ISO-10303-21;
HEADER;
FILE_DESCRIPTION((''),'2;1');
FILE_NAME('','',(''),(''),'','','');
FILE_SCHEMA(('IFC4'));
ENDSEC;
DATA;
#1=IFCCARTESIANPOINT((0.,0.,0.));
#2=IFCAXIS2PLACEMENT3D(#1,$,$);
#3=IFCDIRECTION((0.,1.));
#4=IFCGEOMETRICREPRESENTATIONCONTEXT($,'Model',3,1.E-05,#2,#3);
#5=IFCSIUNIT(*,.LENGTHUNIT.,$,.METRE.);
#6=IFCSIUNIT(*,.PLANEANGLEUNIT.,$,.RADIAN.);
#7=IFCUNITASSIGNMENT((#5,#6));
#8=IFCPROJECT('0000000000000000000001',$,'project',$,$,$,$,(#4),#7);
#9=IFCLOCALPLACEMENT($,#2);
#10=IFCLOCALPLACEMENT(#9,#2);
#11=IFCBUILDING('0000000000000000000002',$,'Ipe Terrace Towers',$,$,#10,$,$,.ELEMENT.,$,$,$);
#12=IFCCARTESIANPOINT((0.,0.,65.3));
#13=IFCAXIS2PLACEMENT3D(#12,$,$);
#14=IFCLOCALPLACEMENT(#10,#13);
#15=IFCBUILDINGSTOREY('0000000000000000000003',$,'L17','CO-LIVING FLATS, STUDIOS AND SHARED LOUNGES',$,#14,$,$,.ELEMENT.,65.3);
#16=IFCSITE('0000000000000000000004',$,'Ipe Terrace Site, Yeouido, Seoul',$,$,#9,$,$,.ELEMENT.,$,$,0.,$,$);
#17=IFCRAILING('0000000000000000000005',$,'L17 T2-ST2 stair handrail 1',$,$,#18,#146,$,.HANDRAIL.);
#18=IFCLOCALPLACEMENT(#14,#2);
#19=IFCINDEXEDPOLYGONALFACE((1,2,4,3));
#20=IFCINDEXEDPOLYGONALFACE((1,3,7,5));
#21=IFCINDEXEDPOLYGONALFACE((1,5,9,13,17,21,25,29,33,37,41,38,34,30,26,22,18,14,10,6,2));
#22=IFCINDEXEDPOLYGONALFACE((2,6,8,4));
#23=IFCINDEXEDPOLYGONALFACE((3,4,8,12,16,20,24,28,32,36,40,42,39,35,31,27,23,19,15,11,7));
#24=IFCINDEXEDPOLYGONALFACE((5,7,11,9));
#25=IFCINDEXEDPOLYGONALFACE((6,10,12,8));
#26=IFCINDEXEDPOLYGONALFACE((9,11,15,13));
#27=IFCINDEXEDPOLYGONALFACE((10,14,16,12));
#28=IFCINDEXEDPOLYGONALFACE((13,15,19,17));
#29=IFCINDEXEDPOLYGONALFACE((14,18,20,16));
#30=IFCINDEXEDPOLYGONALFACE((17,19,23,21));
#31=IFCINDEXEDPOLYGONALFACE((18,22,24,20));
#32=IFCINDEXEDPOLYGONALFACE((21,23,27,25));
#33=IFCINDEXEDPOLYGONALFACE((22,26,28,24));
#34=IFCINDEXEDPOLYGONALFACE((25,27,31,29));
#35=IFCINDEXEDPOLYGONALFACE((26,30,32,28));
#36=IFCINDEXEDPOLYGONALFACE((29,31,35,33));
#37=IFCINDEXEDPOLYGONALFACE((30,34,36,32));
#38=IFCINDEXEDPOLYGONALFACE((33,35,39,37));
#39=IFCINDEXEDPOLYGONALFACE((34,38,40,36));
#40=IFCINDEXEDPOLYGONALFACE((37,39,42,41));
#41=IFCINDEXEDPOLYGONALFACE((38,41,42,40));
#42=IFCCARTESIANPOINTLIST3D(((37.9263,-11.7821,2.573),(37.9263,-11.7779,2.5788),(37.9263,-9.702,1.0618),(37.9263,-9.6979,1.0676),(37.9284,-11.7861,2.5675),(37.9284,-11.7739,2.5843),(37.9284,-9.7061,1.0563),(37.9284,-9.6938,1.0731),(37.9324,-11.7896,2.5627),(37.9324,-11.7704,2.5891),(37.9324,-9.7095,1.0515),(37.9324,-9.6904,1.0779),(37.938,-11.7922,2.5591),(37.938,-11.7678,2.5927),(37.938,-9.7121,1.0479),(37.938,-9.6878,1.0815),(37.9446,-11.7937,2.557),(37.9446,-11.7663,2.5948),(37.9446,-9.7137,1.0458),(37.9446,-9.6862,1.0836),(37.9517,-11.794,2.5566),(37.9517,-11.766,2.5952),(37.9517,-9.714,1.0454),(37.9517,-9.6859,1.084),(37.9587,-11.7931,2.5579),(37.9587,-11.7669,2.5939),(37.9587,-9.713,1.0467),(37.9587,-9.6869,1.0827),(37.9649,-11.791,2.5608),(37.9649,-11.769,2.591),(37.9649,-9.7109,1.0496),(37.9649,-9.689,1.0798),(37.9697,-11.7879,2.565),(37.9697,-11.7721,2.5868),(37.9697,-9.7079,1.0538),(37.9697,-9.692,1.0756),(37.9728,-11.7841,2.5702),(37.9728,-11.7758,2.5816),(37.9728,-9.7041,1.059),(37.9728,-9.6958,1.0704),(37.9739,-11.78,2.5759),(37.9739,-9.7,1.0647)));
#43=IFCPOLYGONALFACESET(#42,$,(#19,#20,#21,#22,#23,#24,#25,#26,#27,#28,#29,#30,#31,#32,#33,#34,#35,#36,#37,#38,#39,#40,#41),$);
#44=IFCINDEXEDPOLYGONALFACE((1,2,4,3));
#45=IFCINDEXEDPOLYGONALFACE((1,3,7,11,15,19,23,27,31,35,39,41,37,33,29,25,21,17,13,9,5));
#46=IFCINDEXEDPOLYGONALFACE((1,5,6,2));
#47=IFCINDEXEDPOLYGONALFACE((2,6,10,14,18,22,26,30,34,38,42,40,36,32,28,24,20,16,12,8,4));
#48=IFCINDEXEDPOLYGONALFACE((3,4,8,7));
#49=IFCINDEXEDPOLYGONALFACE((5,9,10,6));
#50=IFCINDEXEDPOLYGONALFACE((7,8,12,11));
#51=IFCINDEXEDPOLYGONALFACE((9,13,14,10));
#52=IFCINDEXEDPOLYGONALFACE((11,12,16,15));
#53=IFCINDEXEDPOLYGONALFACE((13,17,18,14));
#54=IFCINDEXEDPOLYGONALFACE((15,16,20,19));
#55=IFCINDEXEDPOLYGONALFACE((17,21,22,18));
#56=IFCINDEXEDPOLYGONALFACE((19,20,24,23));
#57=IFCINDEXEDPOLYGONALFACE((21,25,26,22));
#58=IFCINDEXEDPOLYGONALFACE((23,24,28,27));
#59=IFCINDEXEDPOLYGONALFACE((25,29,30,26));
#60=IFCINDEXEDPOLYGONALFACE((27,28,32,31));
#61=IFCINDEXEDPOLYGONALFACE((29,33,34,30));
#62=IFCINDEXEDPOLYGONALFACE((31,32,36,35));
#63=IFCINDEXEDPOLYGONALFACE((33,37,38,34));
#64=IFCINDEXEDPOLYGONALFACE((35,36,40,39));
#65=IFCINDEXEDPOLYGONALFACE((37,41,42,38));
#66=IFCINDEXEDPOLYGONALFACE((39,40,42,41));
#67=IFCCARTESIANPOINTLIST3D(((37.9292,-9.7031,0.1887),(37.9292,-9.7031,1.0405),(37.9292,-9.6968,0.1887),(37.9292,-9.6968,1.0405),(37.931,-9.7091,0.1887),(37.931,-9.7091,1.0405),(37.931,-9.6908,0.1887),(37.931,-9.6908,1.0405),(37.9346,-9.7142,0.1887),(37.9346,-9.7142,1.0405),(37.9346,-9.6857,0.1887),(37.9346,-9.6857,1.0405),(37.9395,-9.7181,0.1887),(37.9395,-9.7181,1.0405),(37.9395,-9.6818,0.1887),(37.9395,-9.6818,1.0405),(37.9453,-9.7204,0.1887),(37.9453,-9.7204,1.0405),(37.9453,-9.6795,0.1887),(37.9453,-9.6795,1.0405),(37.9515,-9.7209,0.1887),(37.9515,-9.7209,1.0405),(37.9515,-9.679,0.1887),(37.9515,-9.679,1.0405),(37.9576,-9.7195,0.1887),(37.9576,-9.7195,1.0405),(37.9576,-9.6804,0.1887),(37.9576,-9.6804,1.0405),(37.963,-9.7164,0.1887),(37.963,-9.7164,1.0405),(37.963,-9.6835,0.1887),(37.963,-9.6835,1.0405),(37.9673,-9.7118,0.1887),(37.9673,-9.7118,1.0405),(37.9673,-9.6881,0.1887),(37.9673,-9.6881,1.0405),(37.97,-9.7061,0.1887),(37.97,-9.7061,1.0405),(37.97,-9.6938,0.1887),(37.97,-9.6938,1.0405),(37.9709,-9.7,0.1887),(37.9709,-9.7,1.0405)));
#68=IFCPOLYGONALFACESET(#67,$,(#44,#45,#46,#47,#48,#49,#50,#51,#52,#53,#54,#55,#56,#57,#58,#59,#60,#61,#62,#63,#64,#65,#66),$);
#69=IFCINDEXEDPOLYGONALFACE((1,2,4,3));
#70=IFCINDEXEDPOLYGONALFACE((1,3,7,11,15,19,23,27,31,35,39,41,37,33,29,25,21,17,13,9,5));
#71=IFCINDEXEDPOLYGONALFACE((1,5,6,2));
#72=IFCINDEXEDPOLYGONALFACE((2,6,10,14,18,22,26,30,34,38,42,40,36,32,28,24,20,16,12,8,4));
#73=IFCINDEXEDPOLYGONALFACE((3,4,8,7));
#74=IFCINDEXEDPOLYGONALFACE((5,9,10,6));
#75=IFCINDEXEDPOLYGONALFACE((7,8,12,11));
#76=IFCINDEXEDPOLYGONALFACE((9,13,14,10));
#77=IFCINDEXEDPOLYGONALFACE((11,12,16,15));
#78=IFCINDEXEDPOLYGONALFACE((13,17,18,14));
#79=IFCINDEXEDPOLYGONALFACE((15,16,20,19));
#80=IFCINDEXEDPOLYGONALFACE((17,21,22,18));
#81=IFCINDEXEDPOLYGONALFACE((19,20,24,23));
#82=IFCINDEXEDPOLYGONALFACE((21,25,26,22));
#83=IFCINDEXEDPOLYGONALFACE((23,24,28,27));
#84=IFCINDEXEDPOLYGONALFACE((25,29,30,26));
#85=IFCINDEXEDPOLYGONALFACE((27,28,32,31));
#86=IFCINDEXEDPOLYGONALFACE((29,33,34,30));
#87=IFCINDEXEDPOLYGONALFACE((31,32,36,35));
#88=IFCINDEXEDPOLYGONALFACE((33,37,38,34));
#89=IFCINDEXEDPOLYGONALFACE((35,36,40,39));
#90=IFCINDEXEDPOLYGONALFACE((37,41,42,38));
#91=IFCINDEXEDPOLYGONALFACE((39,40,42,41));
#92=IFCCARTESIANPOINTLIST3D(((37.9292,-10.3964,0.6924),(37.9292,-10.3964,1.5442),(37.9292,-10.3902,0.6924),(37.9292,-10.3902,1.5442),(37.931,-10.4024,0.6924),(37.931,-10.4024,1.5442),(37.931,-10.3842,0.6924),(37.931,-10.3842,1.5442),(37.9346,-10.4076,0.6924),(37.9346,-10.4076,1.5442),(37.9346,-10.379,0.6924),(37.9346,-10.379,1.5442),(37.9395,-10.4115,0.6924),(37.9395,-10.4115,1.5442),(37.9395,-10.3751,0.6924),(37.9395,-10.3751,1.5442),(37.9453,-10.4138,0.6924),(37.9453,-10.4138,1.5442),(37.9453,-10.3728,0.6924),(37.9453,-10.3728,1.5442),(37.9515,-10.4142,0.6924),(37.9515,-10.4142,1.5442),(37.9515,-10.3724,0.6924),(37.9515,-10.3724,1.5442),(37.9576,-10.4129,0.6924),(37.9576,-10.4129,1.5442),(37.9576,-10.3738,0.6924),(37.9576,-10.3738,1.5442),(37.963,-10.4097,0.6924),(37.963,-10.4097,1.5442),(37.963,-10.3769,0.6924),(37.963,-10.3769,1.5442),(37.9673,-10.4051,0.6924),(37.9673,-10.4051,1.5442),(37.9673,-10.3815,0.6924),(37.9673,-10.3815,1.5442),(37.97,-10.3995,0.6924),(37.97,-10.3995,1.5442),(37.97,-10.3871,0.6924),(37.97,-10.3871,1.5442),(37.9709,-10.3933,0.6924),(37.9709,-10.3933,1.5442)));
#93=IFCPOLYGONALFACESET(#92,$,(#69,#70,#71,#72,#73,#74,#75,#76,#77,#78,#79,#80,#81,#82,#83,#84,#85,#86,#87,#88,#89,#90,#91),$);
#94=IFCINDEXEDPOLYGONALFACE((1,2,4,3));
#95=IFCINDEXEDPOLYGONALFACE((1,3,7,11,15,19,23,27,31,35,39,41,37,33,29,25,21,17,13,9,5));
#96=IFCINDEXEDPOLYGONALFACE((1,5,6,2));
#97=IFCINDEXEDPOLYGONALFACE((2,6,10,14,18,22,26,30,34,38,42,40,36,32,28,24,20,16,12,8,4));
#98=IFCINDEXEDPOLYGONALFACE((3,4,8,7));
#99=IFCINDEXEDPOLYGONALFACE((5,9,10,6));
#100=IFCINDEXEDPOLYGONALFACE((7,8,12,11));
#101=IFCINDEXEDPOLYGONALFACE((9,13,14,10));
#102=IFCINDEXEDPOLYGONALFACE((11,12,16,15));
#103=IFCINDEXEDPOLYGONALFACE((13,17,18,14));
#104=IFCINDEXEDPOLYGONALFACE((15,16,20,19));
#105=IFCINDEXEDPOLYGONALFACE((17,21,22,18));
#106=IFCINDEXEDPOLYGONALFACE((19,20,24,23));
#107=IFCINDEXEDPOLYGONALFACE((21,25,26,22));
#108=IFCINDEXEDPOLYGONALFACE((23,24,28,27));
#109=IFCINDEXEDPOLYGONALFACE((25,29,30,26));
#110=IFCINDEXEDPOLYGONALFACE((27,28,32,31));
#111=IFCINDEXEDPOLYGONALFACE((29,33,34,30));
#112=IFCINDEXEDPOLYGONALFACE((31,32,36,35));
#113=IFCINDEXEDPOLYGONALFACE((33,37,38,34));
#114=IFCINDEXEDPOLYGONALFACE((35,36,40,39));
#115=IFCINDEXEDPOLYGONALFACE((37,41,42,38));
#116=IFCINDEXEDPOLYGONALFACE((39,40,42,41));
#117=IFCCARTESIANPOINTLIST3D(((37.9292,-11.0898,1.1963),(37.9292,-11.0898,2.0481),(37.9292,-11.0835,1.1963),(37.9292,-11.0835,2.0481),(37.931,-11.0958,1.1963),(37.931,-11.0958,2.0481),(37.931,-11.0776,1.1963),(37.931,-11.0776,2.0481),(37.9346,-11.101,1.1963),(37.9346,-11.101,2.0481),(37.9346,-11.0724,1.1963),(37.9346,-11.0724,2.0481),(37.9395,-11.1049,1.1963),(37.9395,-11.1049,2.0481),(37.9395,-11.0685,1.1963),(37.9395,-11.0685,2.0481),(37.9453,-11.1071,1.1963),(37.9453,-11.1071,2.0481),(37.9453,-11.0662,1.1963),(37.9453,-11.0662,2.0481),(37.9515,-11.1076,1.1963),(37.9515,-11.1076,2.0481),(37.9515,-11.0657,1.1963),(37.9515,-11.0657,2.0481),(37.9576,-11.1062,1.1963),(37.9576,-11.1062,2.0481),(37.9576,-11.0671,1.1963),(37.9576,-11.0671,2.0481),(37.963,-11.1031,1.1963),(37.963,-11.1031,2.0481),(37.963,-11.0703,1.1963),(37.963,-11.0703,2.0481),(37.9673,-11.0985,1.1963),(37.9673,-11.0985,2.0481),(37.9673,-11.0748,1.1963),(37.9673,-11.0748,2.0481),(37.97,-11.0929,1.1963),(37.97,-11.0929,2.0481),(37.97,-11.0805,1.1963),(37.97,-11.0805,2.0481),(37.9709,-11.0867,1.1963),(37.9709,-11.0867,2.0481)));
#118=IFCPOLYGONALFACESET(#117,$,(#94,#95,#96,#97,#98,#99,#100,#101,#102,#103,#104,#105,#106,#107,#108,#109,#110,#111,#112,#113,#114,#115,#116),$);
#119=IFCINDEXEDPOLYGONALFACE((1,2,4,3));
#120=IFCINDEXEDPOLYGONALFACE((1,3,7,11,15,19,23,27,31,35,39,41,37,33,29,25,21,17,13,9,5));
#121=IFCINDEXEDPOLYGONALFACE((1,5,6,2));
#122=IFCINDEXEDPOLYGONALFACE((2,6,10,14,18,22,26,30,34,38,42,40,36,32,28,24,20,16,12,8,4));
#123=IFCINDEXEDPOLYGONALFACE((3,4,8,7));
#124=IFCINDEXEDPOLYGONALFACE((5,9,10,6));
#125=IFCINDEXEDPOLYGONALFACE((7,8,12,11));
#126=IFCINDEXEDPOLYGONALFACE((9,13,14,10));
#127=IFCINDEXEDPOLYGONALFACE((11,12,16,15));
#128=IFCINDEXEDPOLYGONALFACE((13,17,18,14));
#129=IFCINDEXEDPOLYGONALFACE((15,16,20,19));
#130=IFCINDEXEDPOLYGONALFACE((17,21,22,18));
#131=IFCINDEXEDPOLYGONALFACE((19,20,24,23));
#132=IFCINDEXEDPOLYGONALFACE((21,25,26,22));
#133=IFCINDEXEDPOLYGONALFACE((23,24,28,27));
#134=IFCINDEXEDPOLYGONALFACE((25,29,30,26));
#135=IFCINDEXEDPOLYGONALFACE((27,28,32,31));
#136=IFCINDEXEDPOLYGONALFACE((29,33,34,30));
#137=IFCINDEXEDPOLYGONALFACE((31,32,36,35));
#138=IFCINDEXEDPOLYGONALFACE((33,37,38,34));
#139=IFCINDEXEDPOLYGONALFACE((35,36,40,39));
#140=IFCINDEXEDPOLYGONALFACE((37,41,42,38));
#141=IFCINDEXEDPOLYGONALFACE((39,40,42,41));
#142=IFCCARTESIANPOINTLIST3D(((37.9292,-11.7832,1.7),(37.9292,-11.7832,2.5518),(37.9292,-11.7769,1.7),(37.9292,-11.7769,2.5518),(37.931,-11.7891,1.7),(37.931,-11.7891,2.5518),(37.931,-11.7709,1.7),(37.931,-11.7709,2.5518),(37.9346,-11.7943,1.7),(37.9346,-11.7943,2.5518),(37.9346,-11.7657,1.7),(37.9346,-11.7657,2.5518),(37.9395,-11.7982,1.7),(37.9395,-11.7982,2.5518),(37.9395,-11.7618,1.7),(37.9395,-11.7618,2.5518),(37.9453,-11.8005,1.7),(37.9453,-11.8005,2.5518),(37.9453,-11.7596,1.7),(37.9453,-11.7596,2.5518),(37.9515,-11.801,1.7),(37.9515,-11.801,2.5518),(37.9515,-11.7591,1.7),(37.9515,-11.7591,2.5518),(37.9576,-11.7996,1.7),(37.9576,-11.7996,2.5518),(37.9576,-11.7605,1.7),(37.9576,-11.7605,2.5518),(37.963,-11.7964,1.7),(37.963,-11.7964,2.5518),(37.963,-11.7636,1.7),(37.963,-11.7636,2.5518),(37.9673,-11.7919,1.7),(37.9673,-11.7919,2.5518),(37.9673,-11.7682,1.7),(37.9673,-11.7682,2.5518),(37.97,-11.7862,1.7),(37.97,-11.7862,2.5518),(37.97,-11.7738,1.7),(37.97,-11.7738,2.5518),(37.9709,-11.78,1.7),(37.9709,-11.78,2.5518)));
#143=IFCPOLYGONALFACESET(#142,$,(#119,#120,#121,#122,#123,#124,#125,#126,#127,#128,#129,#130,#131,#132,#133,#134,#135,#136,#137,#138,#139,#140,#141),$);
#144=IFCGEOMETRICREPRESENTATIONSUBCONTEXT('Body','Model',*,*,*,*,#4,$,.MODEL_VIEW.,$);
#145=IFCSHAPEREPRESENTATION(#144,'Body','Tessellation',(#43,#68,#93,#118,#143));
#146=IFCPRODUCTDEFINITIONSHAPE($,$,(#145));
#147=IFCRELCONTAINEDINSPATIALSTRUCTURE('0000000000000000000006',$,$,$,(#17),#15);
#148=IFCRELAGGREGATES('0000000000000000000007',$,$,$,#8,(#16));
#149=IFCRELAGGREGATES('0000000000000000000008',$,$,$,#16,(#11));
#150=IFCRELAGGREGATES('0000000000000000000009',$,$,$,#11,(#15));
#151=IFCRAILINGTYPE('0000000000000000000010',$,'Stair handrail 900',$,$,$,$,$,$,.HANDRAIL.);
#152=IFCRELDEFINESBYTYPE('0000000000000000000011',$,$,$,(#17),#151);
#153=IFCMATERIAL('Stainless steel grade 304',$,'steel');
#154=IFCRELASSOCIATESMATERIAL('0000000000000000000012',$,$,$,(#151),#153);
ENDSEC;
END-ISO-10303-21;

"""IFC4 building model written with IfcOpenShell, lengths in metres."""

from ifc_helpers import new_model, si_unit, direction, frame, origin, origin_2d, place, context, subcontext, project, spatial, circle, extrude, material, type_object, element, save


model = new_model("IFC4")

# Units and contexts
model_context = context("Model", 3, precision=1e-05, world=origin(), true_north=direction((0.0, 1.0)))
body_context = subcontext(model_context, "Body", "Model", "MODEL_VIEW")
ifc_project = project(units=[si_unit("LENGTHUNIT", "METRE"), si_unit("PLANEANGLEUNIT", "RADIAN")], contexts=[model_context])

# Site, building, storey
site_placement = place(None, origin())
site = spatial("IfcSite", under=ifc_project, at=site_placement, Name="Ipe Terrace Site, Yeouido, Seoul", CompositionType="ELEMENT", RefElevation=0.0)
building_placement = place(site_placement, origin())
building = spatial("IfcBuilding", under=site, at=building_placement, Name="Ipe Terrace Towers", CompositionType="ELEMENT")
storey_placement = place(building_placement, frame((0.0, 0.0, 65.3)))
storey = spatial("IfcBuildingStorey", under=building, at=storey_placement, Name="L17", Description="CO-LIVING FLATS, STUDIOS AND SHARED LOUNGES", CompositionType="ELEMENT", Elevation=65.3)

# Railing
ifc_material_1 = material(Name="Stainless steel grade 304", Category="steel")
railing_type_1 = type_object("IfcRailingType", Name="Stair handrail 900", PredefinedType="HANDRAIL", material=ifc_material_1)
railing_1_placement = place(storey_placement, frame((37.95, -9.7, 0.1887)))
element("IfcRailing", 1, at=railing_1_placement, inside=storey, type_object=railing_type_1, Name="L17 T2-ST2 stair handrail 1", PredefinedType="HANDRAIL", context=body_context, shape_type="SweptSolid", body=[
    extrude(circle(Radius=0.0239, at=origin_2d()), frame((0.0, 0.0, 0.876), z_axis=(0.0, -0.809023, 0.587776), x_axis=(1.0, 0.0, 0.0)), (0.0, 0.0, 1.0), 2.571),
    extrude(circle(Radius=0.021, at=origin_2d()), origin(), (0.0, 0.0, 1.0), 0.8518),
    extrude(circle(Radius=0.021, at=origin_2d()), frame((0.0, -0.6934, 0.5037)), (0.0, 0.0, 1.0), 0.8518),
    extrude(circle(Radius=0.021, at=origin_2d()), frame((0.0, -1.3867, 1.0076)), (0.0, 0.0, 1.0), 0.8518),
    extrude(circle(Radius=0.021, at=origin_2d()), frame((0.0, -2.0801, 1.5112)), (0.0, 0.0, 1.0), 0.8518),
])

save(model, "model.ifc")
